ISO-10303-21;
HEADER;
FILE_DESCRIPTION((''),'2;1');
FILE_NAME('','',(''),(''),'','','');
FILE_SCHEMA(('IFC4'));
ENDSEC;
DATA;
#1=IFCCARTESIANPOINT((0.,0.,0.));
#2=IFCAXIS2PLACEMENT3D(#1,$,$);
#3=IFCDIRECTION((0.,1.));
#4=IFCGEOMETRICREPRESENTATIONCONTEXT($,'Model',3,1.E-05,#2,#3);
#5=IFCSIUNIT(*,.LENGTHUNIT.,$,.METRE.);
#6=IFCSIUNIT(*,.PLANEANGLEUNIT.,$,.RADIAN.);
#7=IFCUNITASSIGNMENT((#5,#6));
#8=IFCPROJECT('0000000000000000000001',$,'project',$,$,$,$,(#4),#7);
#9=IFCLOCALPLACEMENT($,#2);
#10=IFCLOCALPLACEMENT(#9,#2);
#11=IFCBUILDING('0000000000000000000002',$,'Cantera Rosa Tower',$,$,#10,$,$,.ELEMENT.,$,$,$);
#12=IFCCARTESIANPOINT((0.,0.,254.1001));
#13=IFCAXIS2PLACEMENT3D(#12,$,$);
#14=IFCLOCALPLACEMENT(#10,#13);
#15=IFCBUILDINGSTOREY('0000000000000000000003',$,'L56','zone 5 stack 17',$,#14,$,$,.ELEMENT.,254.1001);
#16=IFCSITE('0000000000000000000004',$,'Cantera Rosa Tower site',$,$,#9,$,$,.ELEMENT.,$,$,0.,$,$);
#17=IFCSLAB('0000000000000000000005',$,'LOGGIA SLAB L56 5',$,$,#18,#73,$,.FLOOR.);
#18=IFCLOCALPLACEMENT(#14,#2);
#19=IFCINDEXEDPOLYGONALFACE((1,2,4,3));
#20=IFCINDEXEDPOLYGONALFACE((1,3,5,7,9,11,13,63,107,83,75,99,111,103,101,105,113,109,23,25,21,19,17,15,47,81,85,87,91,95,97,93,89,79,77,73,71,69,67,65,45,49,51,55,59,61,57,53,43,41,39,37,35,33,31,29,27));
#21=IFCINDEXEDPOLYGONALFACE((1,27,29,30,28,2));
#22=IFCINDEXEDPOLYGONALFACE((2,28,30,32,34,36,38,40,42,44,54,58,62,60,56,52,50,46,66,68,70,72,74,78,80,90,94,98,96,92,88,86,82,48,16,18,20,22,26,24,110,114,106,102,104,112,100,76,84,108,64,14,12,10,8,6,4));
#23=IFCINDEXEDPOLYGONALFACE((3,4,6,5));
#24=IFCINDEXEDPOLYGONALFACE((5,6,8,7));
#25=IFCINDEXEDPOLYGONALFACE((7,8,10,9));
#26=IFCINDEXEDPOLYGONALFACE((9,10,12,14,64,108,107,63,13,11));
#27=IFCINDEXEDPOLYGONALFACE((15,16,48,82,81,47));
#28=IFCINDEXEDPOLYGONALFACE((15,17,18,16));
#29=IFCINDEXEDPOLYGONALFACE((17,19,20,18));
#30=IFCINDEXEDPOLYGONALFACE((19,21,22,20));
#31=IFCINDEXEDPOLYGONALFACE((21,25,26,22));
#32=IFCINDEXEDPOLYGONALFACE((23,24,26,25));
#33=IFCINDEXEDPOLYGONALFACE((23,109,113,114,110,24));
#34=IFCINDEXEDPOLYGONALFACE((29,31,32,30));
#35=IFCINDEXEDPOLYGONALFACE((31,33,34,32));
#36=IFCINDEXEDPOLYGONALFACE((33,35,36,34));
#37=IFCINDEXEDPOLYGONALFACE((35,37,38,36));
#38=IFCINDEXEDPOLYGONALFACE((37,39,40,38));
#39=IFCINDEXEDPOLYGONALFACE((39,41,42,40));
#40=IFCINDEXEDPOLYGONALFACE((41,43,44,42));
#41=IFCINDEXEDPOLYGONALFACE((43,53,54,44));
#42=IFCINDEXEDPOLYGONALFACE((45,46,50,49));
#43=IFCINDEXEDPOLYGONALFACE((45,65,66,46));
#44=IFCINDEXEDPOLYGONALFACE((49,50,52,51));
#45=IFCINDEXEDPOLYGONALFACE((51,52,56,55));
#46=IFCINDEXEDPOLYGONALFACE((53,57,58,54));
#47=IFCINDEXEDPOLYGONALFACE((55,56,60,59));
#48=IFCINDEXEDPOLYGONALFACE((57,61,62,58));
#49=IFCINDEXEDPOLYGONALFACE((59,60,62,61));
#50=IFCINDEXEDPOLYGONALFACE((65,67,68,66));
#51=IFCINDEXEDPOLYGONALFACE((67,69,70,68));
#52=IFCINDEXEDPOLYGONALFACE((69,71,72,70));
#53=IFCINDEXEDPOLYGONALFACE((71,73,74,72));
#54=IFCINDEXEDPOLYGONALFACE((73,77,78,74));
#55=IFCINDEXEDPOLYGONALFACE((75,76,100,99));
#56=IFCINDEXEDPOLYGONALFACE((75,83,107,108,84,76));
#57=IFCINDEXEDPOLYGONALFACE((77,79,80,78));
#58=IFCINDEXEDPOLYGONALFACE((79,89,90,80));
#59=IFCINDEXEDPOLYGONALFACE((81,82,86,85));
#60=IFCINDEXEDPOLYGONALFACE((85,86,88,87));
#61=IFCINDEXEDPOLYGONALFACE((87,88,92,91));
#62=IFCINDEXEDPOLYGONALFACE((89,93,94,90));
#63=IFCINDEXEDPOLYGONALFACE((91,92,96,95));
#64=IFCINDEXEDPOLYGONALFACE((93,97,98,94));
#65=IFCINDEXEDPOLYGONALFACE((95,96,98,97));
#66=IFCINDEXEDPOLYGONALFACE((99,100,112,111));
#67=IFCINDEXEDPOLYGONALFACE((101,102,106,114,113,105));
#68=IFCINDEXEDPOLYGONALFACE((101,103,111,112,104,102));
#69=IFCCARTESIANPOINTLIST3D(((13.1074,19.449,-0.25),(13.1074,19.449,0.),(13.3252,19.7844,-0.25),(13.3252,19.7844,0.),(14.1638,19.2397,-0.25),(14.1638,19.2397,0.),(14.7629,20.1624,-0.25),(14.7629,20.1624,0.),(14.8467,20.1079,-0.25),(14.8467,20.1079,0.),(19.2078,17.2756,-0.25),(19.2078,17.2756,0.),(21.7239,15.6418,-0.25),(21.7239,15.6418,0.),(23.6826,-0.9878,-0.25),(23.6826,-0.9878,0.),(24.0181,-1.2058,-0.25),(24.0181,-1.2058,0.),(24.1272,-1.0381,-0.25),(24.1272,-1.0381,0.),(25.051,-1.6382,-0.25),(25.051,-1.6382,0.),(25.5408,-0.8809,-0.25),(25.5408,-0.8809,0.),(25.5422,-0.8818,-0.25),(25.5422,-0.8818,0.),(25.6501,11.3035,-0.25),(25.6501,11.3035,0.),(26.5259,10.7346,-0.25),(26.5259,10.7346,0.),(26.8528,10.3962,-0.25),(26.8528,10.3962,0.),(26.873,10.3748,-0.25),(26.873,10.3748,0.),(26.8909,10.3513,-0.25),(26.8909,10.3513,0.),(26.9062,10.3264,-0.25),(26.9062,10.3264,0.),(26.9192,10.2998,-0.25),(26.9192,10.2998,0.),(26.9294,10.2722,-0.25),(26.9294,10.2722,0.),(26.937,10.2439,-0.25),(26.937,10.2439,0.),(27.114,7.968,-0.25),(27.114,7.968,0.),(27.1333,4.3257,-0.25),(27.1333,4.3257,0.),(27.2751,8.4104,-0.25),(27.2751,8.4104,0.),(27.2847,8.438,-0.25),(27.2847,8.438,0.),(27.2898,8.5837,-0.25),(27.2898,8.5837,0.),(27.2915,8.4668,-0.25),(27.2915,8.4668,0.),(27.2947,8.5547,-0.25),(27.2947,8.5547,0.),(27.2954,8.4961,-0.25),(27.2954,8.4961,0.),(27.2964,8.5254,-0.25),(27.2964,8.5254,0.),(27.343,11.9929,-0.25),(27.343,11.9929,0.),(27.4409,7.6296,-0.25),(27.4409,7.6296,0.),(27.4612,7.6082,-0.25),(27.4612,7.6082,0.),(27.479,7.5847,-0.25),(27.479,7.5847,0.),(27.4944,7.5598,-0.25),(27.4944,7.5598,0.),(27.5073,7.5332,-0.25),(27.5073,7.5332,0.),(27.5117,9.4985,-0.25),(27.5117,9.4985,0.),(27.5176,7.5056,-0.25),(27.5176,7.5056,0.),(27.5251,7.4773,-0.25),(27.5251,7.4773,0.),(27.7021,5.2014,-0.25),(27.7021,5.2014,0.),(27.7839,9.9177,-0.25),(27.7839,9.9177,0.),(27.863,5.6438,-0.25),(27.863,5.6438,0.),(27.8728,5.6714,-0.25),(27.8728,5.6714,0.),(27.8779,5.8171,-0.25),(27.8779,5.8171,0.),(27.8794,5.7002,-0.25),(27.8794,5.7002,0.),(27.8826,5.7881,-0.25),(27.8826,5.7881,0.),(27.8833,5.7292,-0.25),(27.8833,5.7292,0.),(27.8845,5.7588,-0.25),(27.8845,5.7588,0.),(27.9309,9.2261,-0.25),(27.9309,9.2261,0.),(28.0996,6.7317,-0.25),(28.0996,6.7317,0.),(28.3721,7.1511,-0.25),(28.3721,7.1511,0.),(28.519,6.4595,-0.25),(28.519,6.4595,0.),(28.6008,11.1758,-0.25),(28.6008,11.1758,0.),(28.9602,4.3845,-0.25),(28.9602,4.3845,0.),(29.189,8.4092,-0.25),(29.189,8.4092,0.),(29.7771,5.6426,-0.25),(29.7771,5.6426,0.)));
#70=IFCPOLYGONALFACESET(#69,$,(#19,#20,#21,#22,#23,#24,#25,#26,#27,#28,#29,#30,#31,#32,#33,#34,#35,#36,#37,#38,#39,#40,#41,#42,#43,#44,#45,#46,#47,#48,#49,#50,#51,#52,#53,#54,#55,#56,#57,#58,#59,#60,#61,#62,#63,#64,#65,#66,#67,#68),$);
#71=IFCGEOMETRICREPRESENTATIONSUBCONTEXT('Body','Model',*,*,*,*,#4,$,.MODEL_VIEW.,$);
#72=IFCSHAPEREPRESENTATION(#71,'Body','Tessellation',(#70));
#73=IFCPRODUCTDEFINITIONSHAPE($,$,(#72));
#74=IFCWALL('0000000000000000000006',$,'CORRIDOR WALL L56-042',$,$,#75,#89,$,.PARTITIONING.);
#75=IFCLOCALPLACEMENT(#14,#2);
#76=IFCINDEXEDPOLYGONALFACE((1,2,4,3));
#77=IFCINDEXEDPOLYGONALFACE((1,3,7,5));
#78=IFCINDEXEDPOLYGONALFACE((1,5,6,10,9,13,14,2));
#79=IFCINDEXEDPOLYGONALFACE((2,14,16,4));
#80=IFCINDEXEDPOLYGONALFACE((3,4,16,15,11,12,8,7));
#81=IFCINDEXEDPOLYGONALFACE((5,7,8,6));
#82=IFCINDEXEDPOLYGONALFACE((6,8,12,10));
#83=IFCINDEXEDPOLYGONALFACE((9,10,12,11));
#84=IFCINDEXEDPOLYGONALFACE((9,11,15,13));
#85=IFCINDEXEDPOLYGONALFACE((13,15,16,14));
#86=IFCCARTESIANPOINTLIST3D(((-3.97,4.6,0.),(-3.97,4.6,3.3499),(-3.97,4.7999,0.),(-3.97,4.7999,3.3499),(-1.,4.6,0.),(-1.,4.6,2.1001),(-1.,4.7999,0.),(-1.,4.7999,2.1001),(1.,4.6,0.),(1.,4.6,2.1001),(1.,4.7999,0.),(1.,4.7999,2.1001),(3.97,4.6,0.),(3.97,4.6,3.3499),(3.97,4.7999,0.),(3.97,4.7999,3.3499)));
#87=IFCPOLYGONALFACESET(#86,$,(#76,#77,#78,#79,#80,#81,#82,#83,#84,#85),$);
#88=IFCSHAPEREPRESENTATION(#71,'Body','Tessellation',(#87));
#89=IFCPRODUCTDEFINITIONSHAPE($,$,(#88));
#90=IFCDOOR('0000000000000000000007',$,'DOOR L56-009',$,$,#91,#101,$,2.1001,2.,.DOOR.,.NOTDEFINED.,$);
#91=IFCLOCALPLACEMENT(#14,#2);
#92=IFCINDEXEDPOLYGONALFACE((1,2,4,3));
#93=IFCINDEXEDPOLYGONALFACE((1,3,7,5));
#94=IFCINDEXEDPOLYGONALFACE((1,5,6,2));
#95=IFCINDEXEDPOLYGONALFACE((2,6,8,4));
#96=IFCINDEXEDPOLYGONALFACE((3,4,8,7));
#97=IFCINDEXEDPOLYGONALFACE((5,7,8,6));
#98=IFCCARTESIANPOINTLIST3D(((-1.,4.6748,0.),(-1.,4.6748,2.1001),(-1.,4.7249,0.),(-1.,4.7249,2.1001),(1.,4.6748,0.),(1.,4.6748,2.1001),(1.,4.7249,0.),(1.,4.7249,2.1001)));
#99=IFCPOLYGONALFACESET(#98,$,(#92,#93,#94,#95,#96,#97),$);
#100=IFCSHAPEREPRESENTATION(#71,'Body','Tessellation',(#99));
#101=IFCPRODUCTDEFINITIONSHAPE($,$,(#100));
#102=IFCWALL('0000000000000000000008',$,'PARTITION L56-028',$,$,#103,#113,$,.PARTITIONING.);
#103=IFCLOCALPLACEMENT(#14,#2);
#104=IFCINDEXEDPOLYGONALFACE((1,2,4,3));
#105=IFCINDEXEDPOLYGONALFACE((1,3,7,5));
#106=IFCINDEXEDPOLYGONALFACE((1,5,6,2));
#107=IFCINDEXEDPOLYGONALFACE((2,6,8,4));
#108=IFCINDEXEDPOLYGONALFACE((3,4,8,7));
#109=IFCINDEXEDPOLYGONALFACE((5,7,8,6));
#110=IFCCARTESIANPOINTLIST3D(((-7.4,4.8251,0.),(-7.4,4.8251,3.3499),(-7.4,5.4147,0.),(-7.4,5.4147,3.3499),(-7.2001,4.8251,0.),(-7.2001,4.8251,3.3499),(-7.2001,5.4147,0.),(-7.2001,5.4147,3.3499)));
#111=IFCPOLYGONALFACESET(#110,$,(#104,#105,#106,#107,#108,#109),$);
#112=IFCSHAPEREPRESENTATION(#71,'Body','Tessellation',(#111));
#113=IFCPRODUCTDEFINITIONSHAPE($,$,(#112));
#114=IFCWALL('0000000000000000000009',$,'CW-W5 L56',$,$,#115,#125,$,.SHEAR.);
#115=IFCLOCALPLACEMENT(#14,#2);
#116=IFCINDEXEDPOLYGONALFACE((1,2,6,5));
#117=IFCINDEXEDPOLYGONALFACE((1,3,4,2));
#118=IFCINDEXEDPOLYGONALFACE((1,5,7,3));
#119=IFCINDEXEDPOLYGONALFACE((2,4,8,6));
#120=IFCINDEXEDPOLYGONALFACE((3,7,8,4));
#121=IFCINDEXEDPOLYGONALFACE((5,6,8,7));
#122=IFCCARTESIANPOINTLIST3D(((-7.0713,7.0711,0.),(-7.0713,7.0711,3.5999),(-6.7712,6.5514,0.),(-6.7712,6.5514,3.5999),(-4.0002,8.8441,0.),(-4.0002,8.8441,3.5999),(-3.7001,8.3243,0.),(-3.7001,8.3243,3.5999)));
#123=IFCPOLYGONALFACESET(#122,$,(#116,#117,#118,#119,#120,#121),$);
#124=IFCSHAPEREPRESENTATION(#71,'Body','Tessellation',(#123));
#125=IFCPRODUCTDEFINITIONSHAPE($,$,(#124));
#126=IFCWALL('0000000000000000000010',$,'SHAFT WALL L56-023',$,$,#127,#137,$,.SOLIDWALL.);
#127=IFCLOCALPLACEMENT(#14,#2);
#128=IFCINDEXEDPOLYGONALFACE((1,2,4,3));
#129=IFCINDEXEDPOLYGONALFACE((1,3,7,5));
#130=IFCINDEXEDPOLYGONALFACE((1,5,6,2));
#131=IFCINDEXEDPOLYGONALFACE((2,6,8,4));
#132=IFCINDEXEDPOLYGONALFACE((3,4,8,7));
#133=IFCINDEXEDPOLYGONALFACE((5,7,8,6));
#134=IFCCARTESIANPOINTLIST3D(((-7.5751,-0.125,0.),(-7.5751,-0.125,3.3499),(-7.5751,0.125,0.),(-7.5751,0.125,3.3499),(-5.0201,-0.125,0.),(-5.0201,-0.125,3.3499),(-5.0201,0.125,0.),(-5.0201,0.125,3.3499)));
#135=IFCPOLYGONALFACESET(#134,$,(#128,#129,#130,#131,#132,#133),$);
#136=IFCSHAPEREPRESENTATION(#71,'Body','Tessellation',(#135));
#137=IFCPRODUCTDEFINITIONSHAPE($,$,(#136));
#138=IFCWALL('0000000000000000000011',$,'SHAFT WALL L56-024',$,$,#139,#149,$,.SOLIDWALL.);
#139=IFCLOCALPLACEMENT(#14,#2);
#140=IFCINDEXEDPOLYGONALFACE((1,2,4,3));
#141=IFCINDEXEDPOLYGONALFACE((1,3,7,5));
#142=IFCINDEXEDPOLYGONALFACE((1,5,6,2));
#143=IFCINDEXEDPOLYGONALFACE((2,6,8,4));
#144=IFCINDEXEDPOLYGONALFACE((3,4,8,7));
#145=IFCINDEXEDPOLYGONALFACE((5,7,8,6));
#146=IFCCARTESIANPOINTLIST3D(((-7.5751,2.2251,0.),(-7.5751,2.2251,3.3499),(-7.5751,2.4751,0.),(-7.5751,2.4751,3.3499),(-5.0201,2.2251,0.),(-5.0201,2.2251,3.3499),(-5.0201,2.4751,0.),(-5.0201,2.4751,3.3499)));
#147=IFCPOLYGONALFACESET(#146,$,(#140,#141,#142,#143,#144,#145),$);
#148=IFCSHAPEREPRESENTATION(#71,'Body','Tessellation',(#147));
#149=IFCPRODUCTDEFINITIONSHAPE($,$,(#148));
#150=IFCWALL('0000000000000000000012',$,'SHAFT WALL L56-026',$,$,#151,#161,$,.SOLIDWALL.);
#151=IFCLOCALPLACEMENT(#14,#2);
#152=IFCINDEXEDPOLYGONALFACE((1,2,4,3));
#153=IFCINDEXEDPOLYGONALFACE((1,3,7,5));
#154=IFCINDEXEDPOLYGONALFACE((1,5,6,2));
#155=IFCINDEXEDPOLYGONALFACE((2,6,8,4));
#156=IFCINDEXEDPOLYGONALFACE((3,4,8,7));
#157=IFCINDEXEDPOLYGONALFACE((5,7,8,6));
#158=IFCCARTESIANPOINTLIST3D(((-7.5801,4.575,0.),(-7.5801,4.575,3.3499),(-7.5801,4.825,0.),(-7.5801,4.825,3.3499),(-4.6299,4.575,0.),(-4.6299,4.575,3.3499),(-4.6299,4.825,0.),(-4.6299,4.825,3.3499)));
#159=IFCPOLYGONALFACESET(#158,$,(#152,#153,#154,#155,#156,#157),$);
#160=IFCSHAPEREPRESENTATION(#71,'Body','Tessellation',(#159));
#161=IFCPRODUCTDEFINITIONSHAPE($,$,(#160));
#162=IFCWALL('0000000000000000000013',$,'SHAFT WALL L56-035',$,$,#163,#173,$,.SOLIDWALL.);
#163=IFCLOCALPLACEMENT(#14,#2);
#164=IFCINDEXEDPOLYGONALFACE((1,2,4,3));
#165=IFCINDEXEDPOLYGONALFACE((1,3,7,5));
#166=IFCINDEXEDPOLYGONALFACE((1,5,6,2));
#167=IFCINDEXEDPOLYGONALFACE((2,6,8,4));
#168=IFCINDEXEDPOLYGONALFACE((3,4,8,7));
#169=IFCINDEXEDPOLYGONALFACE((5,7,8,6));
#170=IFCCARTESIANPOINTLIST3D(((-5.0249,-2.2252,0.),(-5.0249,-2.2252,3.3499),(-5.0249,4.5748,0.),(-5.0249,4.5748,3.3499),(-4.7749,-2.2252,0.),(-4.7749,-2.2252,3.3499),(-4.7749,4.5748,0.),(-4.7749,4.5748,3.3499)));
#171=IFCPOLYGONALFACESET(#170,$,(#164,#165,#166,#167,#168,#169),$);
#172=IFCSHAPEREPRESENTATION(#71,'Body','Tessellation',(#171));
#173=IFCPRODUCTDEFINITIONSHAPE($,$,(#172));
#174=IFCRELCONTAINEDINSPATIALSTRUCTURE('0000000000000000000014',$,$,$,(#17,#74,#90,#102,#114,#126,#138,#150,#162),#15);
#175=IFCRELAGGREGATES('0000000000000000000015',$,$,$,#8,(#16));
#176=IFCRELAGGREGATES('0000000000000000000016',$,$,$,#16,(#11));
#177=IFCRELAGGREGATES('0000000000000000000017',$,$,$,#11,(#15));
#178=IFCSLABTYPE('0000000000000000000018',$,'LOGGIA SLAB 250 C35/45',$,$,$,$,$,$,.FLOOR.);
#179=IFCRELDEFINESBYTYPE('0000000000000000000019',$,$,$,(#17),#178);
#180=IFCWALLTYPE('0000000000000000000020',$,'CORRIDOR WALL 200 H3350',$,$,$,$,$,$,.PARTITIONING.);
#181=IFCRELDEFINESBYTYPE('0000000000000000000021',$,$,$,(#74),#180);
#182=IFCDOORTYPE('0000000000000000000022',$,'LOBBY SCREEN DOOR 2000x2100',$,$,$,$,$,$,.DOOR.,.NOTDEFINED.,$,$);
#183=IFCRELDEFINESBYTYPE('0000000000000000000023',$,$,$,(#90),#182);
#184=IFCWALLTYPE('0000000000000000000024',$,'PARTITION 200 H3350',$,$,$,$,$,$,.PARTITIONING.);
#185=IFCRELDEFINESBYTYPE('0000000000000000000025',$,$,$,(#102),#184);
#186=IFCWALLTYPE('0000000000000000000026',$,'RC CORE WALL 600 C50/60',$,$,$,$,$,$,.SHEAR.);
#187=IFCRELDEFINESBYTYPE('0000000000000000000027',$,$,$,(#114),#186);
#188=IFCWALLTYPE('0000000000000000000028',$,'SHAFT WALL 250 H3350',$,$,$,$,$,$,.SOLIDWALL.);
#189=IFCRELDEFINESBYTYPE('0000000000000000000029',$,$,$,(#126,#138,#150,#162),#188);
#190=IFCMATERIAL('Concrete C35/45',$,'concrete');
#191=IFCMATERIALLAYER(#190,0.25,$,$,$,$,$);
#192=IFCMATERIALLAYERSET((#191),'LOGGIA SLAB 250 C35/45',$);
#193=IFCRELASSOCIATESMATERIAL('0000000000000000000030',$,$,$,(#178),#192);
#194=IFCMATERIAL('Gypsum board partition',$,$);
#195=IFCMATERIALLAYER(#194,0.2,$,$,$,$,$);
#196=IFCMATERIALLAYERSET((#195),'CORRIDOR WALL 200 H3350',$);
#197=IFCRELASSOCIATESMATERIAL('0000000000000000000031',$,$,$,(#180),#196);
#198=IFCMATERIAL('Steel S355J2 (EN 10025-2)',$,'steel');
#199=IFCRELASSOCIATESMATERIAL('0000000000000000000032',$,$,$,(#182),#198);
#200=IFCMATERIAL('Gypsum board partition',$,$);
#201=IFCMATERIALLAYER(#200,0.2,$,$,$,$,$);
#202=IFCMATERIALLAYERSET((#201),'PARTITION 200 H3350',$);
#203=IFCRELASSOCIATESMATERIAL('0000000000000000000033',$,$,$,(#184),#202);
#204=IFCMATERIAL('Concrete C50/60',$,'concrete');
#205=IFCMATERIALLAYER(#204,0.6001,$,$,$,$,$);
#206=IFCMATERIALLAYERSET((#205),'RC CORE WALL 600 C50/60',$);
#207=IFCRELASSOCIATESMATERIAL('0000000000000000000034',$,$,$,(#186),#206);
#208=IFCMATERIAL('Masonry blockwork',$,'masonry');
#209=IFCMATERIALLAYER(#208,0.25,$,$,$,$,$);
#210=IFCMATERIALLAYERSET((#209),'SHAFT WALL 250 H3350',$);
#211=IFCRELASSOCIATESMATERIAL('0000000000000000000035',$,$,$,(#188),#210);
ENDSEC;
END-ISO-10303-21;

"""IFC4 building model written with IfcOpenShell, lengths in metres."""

from ifc_helpers import new_model, si_unit, direction, frame, frame_2d, origin, place, context, subcontext, project, spatial, polyline, rectangle, outline, extrude, material, layer, layer_set, type_object, element, fill, save


model = new_model("IFC4")

# Units and contexts
model_context = context("Model", 3, precision=1e-05, world=origin(), true_north=direction((0.0, 1.0)))
body_context = subcontext(model_context, "Body", "Model", "MODEL_VIEW")
ifc_project = project(units=[si_unit("LENGTHUNIT", "METRE"), si_unit("PLANEANGLEUNIT", "RADIAN")], contexts=[model_context])

# Site, building, storey
site_placement = place(None, origin())
site = spatial("IfcSite", under=ifc_project, at=site_placement, Name="Cantera Rosa Tower site", CompositionType="ELEMENT", RefElevation=0.0)
building_placement = place(site_placement, origin())
building = spatial("IfcBuilding", under=site, at=building_placement, Name="Cantera Rosa Tower", CompositionType="ELEMENT")
storey_placement = place(building_placement, frame((0.0, 0.0, 254.1001)))
storey = spatial("IfcBuildingStorey", under=building, at=storey_placement, Name="L56", Description="zone 5 stack 17", CompositionType="ELEMENT", Elevation=254.1001)

# Slab
ifc_material_1 = material(Name="Concrete C35/45", Category="concrete")
ifc_layer_1 = layer(ifc_material_1, 0.25)
ifc_layer_set_1 = layer_set([ifc_layer_1], Name="LOGGIA SLAB 250 C35/45")
slab_type_1 = type_object("IfcSlabType", Name="LOGGIA SLAB 250 C35/45", PredefinedType="FLOOR", material=ifc_layer_set_1)
slab_1_placement = place(storey_placement, frame((0.0, 0.0, -0.25)))
element("IfcSlab", 1, at=slab_1_placement, inside=storey, type_object=slab_type_1, Name="LOGGIA SLAB L56 5", PredefinedType="FLOOR", context=body_context, shape_type="SweptSolid", body=[
    extrude(outline(polyline([(21.7239, 15.6418), (27.343, 11.9929), (28.6008, 11.1758), (27.7839, 9.9177), (27.5117, 9.4985), (27.9309, 9.2261), (29.189, 8.4092), (28.3721, 7.1511), (28.0996, 6.7317), (28.519, 6.4595), (29.7771, 5.6426), (28.9602, 4.3845), (25.5408, -0.8809), (25.5422, -0.8818), (25.051, -1.6382), (24.1272, -1.0381), (24.0181, -1.2058), (23.6826, -0.9878), (27.1333, 4.3257), (27.7021, 5.2014), (27.863, 5.6438), (27.8728, 5.6714), (27.8794, 5.7002), (27.8833, 5.7292), (27.8845, 5.7588), (27.8826, 5.7881), (27.8779, 5.8171), (27.5251, 7.4773), (27.5176, 7.5056), (27.5073, 7.5332), (27.4944, 7.5598), (27.479, 7.5847), (27.4612, 7.6082), (27.4409, 7.6296), (27.114, 7.968), (27.2751, 8.4104), (27.2847, 8.438), (27.2915, 8.4668), (27.2954, 8.4961), (27.2964, 8.5254), (27.2947, 8.5547), (27.2898, 8.5837), (26.937, 10.2439), (26.9294, 10.2722), (26.9192, 10.2998), (26.9062, 10.3264), (26.8909, 10.3513), (26.873, 10.3748), (26.8528, 10.3962), (26.5259, 10.7346), (25.6501, 11.3035), (13.1074, 19.449), (13.3252, 19.7844), (14.1638, 19.2397), (14.7629, 20.1624), (14.8467, 20.1079), (19.2078, 17.2756), (21.7239, 15.6418)])), origin(), (0.0, 0.0, 1.0), 0.25),
])

# Wall, opening, door
ifc_material_2 = material(Name="Gypsum board partition")
ifc_layer_2 = layer(ifc_material_2, 0.2)
ifc_layer_set_2 = layer_set([ifc_layer_2], Name="CORRIDOR WALL 200 H3350")
wall_type_1 = type_object("IfcWallType", Name="CORRIDOR WALL 200 H3350", PredefinedType="PARTITIONING", material=ifc_layer_set_2)
wall_1_placement = place(storey_placement, frame((-3.97, 4.7, 0.0), z_axis=(0.0, 0.0, 1.0), x_axis=(1.0, 0.0, 0.0)))
wall_1 = element("IfcWall", 2, at=wall_1_placement, inside=storey, type_object=wall_type_1, Name="CORRIDOR WALL L56-042", PredefinedType="PARTITIONING", context=body_context, shape_type="SweptSolid", body=[
    extrude(rectangle(XDim=7.9399, YDim=0.2, at=frame_2d((3.97, 0.0))), origin(), (0.0, 0.0, 1.0), 3.3499),
])
opening_placement = place(wall_1_placement, frame((2.97, 0.0, 0.0)))
opening = element("IfcOpeningElement", 3, at=opening_placement, cuts=wall_1, PredefinedType="OPENING", context=body_context, shape_type="SweptSolid", body=[
    extrude(rectangle(XDim=2.0, YDim=2.1001, at=frame_2d((1.0, 1.05))), frame((0.0, 0.1099, 0.0), z_axis=(0.0, -1.0, 0.0), x_axis=(1.0, 0.0, 0.0)), (0.0, 0.0, 1.0), 0.22),
])
ifc_material_3 = material(Name="Steel S355J2 (EN 10025-2)", Category="steel")
door_type = type_object("IfcDoorType", Name="LOBBY SCREEN DOOR 2000x2100", OperationType="NOTDEFINED", PredefinedType="DOOR", material=ifc_material_3)
door_placement = place(opening_placement, origin())
door = element("IfcDoor", 4, at=door_placement, inside=storey, type_object=door_type, Name="DOOR L56-009", OperationType="NOTDEFINED", OverallHeight=2.1001, OverallWidth=2.0, PredefinedType="DOOR", context=body_context, shape_type="SweptSolid", body=[
    extrude(rectangle(XDim=2.0, YDim=2.1001, at=frame_2d((1.0, 1.05))), frame((0.0, 0.0249, 0.0), z_axis=(0.0, -1.0, 0.0), x_axis=(1.0, 0.0, 0.0)), (0.0, 0.0, 1.0), 0.05),
])
fill(opening, door)

# Walls
ifc_material_4 = material(Name="Gypsum board partition")
ifc_layer_3 = layer(ifc_material_4, 0.2)
ifc_layer_set_3 = layer_set([ifc_layer_3], Name="PARTITION 200 H3350")
wall_type_2 = type_object("IfcWallType", Name="PARTITION 200 H3350", PredefinedType="PARTITIONING", material=ifc_layer_set_3)
wall_2_placement = place(storey_placement, frame((-7.3, 4.825, 0.0), z_axis=(0.0, 0.0, 1.0), x_axis=(0.0, 1.0, 0.0)))
element("IfcWall", 5, at=wall_2_placement, inside=storey, type_object=wall_type_2, Name="PARTITION L56-028", PredefinedType="PARTITIONING", context=body_context, shape_type="SweptSolid", body=[
    extrude(rectangle(XDim=0.5896, YDim=0.2, at=frame_2d((0.2949, 0.0))), origin(), (0.0, 0.0, 1.0), 3.3499),
])
ifc_material_5 = material(Name="Concrete C50/60", Category="concrete")
ifc_layer_4 = layer(ifc_material_5, 0.6001)
ifc_layer_set_4 = layer_set([ifc_layer_4], Name="RC CORE WALL 600 C50/60")
wall_type_3 = type_object("IfcWallType", Name="RC CORE WALL 600 C50/60", PredefinedType="SHEAR", material=ifc_layer_set_4)
wall_3_placement = place(storey_placement, frame((-6.9211, 6.8113, 0.0), z_axis=(0.0, 0.0, 1.0), x_axis=(0.86604, 0.499975, 0.0)))
element("IfcWall", 6, at=wall_3_placement, inside=storey, type_object=wall_type_3, Name="CW-W5 L56", PredefinedType="SHEAR", context=body_context, shape_type="SweptSolid", body=[
    extrude(rectangle(XDim=3.5461, YDim=0.6001, at=frame_2d((1.7729, 0.0))), origin(), (0.0, 0.0, 1.0), 3.5999),
])
ifc_material_6 = material(Name="Masonry blockwork", Category="masonry")
ifc_layer_5 = layer(ifc_material_6, 0.25)
ifc_layer_set_5 = layer_set([ifc_layer_5], Name="SHAFT WALL 250 H3350")
wall_type_4 = type_object("IfcWallType", Name="SHAFT WALL 250 H3350", PredefinedType="SOLIDWALL", material=ifc_layer_set_5)
for number, where, z_axis, x_axis, name in (
    (7, (-7.575, 0.0, 0.0), (0.0, 0.0, 1.0), (1.0, 0.0, 0.0), "SHAFT WALL L56-023"),
    (8, (-7.575, 2.3501, 0.0), (0.0, 0.0, 1.0), (1.0, 0.0, 0.0), "SHAFT WALL L56-024"),
):
    element("IfcWall", number, at=place(storey_placement, frame(where, z_axis=z_axis, x_axis=x_axis)), inside=storey, type_object=wall_type_4, Name=name, PredefinedType="SOLIDWALL", context=body_context, shape_type="SweptSolid", body=[
        extrude(rectangle(XDim=2.5549, YDim=0.25, at=frame_2d((1.2773, 0.0))), origin(), (0.0, 0.0, 1.0), 3.3499),
    ])
wall_4_placement = place(storey_placement, frame((-7.5801, 4.7, 0.0), z_axis=(0.0, 0.0, 1.0), x_axis=(1.0, 0.0, 0.0)))
element("IfcWall", 9, at=wall_4_placement, inside=storey, type_object=wall_type_4, Name="SHAFT WALL L56-026", PredefinedType="SOLIDWALL", context=body_context, shape_type="SweptSolid", body=[
    extrude(rectangle(XDim=2.9502, YDim=0.25, at=frame_2d((1.4751, 0.0))), origin(), (0.0, 0.0, 1.0), 3.3499),
])
wall_5_placement = place(storey_placement, frame((-4.8999, -2.2251, 0.0), z_axis=(0.0, 0.0, 1.0), x_axis=(0.0, 1.0, 0.0)))
element("IfcWall", 10, at=wall_5_placement, inside=storey, type_object=wall_type_4, Name="SHAFT WALL L56-035", PredefinedType="SOLIDWALL", context=body_context, shape_type="SweptSolid", body=[
    extrude(rectangle(XDim=6.8, YDim=0.25, at=frame_2d((3.3999, 0.0))), origin(), (0.0, 0.0, 1.0), 3.3499),
])

save(model, "model.ifc")
